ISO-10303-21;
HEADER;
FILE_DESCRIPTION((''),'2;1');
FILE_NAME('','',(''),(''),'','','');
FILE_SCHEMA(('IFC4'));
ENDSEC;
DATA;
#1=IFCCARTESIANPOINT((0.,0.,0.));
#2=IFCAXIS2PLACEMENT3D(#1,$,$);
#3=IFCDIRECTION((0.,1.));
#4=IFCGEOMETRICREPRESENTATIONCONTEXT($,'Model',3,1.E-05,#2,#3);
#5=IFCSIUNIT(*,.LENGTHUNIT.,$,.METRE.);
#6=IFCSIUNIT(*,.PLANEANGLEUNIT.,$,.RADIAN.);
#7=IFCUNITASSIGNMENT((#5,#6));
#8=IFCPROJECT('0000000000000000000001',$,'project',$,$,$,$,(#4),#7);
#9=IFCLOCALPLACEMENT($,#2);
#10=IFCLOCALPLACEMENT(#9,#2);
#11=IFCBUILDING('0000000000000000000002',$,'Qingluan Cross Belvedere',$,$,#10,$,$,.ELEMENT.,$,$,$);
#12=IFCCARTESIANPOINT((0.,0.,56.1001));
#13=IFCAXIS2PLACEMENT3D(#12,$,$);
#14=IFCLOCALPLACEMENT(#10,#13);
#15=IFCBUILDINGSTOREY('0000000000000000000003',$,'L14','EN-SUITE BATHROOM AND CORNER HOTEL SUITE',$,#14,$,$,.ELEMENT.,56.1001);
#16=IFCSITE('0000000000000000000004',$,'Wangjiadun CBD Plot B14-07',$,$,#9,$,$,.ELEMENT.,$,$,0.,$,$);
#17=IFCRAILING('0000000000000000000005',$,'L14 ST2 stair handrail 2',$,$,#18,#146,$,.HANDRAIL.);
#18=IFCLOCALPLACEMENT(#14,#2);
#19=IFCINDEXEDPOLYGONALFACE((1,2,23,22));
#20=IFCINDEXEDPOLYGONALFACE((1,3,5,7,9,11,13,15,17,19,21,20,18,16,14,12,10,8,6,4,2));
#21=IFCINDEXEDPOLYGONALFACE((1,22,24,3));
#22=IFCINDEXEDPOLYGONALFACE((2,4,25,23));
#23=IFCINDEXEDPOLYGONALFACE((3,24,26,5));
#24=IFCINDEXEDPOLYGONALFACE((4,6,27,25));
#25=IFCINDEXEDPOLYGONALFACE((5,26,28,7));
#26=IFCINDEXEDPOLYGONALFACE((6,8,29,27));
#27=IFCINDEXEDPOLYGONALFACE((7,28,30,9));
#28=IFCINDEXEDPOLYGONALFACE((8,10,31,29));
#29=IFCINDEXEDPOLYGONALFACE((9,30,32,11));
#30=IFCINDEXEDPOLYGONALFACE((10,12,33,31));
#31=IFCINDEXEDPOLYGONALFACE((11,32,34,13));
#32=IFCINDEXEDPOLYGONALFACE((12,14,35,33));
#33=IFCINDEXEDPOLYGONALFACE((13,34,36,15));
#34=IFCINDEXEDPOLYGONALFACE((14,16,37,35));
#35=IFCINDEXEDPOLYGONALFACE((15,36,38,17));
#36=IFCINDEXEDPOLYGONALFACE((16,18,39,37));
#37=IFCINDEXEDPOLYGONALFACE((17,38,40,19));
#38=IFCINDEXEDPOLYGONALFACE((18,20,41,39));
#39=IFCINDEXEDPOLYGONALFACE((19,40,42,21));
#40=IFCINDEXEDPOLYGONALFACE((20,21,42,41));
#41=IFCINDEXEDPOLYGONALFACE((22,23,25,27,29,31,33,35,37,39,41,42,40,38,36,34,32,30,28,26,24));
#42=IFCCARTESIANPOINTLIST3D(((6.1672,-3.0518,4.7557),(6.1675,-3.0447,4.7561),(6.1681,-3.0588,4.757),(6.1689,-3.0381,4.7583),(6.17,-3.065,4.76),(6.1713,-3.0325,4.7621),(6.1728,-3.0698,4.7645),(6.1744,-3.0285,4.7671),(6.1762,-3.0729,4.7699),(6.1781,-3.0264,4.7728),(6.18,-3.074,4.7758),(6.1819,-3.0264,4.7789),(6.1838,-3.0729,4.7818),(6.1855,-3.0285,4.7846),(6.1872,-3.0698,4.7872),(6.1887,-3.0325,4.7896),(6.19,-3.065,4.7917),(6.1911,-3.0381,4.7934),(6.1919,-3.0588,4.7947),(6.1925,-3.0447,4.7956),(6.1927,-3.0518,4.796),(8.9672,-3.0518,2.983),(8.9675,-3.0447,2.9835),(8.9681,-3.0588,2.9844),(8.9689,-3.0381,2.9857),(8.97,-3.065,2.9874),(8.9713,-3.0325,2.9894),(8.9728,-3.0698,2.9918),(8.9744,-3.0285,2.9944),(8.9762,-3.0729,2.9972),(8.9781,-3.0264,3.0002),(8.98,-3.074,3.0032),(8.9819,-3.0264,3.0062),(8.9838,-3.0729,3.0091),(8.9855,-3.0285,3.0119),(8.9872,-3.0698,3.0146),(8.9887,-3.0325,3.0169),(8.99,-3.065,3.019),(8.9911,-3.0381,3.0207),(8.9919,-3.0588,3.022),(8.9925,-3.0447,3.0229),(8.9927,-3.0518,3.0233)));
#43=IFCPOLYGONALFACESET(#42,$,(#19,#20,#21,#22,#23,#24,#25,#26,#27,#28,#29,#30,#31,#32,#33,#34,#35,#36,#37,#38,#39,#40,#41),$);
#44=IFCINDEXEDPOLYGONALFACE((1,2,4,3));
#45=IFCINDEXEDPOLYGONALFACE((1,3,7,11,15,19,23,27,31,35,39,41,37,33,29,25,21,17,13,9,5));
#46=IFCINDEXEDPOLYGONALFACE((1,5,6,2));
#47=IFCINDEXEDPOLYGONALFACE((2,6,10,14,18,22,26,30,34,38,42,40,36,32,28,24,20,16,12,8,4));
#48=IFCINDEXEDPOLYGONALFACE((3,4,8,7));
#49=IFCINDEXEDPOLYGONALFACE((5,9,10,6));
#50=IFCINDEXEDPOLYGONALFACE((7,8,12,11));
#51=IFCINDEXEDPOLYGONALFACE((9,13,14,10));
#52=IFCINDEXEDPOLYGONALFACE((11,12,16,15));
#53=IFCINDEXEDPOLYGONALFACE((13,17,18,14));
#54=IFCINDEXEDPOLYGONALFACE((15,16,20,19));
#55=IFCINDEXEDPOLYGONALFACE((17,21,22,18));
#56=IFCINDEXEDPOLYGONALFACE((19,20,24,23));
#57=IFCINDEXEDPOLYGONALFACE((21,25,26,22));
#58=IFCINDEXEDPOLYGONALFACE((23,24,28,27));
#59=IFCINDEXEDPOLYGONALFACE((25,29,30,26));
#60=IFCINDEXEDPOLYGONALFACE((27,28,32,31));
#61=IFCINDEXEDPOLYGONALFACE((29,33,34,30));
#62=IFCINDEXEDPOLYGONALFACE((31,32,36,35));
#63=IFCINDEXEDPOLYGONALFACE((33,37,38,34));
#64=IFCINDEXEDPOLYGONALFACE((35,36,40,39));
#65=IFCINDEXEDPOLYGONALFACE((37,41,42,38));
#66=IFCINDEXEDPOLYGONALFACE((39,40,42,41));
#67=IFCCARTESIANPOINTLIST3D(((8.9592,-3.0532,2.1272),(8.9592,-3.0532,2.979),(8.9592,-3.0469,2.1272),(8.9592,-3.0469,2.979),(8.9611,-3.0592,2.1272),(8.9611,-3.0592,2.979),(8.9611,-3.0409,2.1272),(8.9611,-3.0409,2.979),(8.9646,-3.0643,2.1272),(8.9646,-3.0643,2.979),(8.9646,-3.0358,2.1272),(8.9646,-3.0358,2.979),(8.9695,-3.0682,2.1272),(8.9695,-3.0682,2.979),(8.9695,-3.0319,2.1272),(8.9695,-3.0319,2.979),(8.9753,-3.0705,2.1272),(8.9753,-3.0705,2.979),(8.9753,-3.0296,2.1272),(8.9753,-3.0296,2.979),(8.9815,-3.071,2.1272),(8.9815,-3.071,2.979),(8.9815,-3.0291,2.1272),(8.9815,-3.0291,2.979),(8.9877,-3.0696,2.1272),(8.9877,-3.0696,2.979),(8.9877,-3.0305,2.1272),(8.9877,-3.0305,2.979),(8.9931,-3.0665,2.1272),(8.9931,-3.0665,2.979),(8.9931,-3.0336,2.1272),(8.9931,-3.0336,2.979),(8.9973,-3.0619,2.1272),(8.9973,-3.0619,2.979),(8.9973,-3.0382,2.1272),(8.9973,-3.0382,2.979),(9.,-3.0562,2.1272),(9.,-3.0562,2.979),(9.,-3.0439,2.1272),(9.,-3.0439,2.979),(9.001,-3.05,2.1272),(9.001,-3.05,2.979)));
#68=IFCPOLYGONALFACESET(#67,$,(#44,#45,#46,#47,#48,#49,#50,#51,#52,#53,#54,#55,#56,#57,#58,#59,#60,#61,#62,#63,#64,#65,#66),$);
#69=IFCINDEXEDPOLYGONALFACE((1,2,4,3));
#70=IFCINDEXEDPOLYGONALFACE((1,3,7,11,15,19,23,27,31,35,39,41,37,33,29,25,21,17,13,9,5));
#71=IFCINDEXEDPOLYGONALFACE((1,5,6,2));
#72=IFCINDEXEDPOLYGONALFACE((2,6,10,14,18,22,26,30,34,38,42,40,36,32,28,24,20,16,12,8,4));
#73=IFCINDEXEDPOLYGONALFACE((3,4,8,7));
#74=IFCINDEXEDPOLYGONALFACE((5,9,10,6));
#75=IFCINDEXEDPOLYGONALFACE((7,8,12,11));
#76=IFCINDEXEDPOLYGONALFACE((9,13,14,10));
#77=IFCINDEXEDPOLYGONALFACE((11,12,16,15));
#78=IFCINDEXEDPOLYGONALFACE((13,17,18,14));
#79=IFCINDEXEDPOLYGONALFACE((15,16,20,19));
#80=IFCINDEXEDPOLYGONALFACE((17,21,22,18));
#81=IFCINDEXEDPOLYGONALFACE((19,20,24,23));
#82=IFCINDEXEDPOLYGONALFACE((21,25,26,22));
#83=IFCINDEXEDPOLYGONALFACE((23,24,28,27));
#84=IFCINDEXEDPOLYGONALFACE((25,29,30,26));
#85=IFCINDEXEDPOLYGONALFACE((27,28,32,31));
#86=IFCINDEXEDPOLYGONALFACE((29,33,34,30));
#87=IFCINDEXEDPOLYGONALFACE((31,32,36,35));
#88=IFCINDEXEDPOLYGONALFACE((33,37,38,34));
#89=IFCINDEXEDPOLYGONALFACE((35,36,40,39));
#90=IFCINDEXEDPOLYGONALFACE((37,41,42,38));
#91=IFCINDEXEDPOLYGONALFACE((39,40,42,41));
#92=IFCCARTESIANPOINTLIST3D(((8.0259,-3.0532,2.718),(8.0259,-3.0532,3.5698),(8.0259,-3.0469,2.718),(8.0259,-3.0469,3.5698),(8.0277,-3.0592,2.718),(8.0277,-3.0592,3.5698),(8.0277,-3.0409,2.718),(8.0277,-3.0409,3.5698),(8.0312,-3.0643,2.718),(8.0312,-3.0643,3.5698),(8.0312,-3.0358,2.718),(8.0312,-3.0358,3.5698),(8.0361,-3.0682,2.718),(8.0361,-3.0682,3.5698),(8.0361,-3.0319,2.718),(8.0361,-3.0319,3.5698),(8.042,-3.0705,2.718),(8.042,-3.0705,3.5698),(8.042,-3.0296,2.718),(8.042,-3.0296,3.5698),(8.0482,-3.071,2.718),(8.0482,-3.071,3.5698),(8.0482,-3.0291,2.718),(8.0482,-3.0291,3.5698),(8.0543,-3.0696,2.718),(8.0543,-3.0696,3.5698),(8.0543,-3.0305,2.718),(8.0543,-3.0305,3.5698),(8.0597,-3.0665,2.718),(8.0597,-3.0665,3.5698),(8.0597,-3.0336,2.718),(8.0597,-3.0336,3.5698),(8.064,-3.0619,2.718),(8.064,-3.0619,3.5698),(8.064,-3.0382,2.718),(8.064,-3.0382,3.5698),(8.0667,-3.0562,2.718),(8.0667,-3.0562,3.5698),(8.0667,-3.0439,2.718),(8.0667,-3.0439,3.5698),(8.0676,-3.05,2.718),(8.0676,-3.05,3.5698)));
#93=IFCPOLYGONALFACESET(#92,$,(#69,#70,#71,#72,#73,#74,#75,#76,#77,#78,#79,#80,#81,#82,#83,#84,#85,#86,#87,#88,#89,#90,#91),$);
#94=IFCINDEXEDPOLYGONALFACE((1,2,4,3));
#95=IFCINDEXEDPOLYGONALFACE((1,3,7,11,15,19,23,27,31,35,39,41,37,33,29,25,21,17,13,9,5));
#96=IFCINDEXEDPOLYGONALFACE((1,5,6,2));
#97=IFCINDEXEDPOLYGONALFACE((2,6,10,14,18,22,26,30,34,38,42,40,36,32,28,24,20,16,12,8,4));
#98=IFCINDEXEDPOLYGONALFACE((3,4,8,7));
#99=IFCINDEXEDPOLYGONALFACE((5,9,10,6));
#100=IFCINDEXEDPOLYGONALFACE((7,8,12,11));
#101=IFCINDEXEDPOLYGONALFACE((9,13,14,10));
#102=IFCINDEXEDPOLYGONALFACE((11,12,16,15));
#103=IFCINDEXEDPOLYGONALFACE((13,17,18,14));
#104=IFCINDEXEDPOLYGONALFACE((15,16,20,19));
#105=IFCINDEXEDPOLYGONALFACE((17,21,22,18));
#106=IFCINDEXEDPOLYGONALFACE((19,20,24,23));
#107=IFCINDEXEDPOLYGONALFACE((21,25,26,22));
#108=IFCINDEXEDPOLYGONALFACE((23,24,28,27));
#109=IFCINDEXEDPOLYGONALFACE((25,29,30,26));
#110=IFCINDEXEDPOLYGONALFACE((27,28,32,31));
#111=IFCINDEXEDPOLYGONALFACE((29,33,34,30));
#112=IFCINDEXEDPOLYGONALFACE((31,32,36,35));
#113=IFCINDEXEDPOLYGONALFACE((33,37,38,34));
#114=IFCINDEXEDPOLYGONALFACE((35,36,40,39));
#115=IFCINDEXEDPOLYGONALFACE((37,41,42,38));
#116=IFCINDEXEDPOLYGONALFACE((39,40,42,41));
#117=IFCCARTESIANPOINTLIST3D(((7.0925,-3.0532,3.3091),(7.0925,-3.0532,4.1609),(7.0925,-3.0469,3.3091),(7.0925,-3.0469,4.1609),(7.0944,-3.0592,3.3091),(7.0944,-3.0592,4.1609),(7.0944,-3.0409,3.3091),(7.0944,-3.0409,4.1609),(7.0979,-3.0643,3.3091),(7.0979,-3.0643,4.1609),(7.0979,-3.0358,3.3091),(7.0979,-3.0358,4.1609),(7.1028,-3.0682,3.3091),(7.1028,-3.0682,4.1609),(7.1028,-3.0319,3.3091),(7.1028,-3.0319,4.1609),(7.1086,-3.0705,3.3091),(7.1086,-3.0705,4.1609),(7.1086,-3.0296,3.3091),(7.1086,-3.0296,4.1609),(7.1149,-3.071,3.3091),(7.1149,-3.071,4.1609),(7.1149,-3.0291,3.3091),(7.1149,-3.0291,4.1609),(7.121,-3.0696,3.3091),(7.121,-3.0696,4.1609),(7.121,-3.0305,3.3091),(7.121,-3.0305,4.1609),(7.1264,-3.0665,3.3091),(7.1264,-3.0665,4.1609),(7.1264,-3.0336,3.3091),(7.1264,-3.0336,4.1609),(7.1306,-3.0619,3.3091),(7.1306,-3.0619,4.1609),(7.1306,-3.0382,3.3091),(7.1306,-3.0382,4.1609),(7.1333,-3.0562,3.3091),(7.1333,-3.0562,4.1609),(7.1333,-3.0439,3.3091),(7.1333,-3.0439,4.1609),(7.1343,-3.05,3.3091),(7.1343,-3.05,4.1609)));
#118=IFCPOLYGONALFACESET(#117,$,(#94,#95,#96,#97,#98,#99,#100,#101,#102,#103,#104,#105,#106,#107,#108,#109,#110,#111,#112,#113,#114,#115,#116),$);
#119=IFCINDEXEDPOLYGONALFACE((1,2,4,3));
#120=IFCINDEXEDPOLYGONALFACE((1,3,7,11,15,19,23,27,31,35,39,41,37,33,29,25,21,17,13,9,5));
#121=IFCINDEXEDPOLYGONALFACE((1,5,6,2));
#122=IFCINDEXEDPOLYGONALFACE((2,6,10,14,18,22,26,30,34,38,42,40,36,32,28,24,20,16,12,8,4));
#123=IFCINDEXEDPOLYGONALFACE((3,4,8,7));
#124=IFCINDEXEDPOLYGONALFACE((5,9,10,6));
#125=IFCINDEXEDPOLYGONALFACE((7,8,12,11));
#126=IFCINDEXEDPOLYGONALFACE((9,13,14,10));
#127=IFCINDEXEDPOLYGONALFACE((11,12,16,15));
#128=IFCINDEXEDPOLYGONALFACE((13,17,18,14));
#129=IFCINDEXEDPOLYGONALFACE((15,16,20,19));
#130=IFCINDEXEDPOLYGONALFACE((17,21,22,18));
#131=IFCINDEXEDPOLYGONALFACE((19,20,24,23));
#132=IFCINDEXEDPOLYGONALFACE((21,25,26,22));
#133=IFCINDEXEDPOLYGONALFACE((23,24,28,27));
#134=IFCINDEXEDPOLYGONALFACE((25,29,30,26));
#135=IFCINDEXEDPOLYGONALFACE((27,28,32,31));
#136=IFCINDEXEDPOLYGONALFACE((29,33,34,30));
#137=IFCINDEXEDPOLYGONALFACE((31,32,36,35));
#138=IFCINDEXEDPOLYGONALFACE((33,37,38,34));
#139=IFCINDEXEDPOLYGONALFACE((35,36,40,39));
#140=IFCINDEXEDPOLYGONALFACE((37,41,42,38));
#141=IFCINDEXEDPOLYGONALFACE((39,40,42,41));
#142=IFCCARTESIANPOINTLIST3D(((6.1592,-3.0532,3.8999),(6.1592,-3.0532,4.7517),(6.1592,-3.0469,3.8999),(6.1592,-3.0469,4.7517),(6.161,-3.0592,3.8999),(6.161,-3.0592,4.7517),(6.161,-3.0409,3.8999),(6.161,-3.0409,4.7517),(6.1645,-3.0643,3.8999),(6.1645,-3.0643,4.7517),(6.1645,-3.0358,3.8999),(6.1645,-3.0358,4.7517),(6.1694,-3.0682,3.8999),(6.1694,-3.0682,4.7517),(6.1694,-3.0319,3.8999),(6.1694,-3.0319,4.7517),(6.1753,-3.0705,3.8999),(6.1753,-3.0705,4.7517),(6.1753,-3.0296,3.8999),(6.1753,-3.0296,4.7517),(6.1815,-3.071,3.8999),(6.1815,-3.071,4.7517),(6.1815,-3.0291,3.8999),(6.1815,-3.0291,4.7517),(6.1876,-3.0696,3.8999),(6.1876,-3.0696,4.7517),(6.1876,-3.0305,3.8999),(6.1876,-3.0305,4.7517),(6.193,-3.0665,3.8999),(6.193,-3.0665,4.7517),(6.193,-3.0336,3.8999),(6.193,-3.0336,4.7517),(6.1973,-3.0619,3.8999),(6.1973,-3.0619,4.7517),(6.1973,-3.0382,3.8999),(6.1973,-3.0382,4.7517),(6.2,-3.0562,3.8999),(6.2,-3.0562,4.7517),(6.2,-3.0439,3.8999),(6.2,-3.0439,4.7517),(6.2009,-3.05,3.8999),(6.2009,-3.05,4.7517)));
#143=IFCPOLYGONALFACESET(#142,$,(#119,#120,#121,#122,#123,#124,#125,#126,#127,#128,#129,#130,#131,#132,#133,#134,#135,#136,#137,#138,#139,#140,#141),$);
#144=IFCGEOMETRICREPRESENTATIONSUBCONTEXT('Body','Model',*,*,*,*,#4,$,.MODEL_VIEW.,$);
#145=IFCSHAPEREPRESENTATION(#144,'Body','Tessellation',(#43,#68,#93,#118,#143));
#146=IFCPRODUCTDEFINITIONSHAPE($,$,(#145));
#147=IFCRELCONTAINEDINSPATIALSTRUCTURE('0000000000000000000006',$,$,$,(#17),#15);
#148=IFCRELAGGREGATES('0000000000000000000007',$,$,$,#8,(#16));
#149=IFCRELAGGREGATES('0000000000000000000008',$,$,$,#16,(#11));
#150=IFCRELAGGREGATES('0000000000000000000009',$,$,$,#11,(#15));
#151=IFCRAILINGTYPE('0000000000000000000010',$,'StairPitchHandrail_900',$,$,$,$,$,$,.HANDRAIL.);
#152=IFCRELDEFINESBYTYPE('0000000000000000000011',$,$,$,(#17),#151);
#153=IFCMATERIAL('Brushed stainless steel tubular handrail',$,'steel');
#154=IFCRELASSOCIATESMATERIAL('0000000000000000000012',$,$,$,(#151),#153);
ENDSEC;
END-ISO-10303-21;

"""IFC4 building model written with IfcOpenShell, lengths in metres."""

from ifc_helpers import new_model, si_unit, direction, frame, origin, origin_2d, place, context, subcontext, project, spatial, circle, extrude, material, type_object, element, save


model = new_model("IFC4")

# Units and contexts
model_context = context("Model", 3, precision=1e-05, world=origin(), true_north=direction((0.0, 1.0)))
body_context = subcontext(model_context, "Body", "Model", "MODEL_VIEW")
ifc_project = project(units=[si_unit("LENGTHUNIT", "METRE"), si_unit("PLANEANGLEUNIT", "RADIAN")], contexts=[model_context])

# Site, building, storey
site_placement = place(None, origin())
site = spatial("IfcSite", under=ifc_project, at=site_placement, Name="Wangjiadun CBD Plot B14-07", CompositionType="ELEMENT", RefElevation=0.0)
building_placement = place(site_placement, origin())
building = spatial("IfcBuilding", under=site, at=building_placement, Name="Qingluan Cross Belvedere", CompositionType="ELEMENT")
storey_placement = place(building_placement, frame((0.0, 0.0, 56.1001)))
storey = spatial("IfcBuildingStorey", under=building, at=storey_placement, Name="L14", Description="EN-SUITE BATHROOM AND CORNER HOTEL SUITE", CompositionType="ELEMENT", Elevation=56.1001)

# Railing
ifc_material_1 = material(Name="Brushed stainless steel tubular handrail", Category="steel")
railing_type_1 = type_object("IfcRailingType", Name="StairPitchHandrail_900", PredefinedType="HANDRAIL", material=ifc_material_1)
for number, where, name in (
    (1, (8.98, -3.05, 2.1272), "L14 ST2 stair handrail 2"),
):
    element("IfcRailing", number, at=place(storey_placement, frame(where)), inside=storey, type_object=railing_type_1, Name=name, PredefinedType="HANDRAIL", context=body_context, shape_type="SweptSolid", body=[
        extrude(circle(Radius=0.0239, at=origin_2d()), frame((0.0, 0.0, 0.876), z_axis=(-0.844909, 0.0, 0.53491), x_axis=(0.0, -1.0, 0.0)), (0.0, 0.0, 1.0), 3.314),
        extrude(circle(Radius=0.021, at=origin_2d()), origin(), (0.0, 0.0, 1.0), 0.8518),
        extrude(circle(Radius=0.021, at=origin_2d()), frame((-0.9333, 0.0, 0.5908)), (0.0, 0.0, 1.0), 0.8518),
        extrude(circle(Radius=0.021, at=origin_2d()), frame((-1.8667, 0.0, 1.1819)), (0.0, 0.0, 1.0), 0.8518),
        extrude(circle(Radius=0.021, at=origin_2d()), frame((-2.8, 0.0, 1.7727)), (0.0, 0.0, 1.0), 0.8518),
    ])

save(model, "model.ifc")
